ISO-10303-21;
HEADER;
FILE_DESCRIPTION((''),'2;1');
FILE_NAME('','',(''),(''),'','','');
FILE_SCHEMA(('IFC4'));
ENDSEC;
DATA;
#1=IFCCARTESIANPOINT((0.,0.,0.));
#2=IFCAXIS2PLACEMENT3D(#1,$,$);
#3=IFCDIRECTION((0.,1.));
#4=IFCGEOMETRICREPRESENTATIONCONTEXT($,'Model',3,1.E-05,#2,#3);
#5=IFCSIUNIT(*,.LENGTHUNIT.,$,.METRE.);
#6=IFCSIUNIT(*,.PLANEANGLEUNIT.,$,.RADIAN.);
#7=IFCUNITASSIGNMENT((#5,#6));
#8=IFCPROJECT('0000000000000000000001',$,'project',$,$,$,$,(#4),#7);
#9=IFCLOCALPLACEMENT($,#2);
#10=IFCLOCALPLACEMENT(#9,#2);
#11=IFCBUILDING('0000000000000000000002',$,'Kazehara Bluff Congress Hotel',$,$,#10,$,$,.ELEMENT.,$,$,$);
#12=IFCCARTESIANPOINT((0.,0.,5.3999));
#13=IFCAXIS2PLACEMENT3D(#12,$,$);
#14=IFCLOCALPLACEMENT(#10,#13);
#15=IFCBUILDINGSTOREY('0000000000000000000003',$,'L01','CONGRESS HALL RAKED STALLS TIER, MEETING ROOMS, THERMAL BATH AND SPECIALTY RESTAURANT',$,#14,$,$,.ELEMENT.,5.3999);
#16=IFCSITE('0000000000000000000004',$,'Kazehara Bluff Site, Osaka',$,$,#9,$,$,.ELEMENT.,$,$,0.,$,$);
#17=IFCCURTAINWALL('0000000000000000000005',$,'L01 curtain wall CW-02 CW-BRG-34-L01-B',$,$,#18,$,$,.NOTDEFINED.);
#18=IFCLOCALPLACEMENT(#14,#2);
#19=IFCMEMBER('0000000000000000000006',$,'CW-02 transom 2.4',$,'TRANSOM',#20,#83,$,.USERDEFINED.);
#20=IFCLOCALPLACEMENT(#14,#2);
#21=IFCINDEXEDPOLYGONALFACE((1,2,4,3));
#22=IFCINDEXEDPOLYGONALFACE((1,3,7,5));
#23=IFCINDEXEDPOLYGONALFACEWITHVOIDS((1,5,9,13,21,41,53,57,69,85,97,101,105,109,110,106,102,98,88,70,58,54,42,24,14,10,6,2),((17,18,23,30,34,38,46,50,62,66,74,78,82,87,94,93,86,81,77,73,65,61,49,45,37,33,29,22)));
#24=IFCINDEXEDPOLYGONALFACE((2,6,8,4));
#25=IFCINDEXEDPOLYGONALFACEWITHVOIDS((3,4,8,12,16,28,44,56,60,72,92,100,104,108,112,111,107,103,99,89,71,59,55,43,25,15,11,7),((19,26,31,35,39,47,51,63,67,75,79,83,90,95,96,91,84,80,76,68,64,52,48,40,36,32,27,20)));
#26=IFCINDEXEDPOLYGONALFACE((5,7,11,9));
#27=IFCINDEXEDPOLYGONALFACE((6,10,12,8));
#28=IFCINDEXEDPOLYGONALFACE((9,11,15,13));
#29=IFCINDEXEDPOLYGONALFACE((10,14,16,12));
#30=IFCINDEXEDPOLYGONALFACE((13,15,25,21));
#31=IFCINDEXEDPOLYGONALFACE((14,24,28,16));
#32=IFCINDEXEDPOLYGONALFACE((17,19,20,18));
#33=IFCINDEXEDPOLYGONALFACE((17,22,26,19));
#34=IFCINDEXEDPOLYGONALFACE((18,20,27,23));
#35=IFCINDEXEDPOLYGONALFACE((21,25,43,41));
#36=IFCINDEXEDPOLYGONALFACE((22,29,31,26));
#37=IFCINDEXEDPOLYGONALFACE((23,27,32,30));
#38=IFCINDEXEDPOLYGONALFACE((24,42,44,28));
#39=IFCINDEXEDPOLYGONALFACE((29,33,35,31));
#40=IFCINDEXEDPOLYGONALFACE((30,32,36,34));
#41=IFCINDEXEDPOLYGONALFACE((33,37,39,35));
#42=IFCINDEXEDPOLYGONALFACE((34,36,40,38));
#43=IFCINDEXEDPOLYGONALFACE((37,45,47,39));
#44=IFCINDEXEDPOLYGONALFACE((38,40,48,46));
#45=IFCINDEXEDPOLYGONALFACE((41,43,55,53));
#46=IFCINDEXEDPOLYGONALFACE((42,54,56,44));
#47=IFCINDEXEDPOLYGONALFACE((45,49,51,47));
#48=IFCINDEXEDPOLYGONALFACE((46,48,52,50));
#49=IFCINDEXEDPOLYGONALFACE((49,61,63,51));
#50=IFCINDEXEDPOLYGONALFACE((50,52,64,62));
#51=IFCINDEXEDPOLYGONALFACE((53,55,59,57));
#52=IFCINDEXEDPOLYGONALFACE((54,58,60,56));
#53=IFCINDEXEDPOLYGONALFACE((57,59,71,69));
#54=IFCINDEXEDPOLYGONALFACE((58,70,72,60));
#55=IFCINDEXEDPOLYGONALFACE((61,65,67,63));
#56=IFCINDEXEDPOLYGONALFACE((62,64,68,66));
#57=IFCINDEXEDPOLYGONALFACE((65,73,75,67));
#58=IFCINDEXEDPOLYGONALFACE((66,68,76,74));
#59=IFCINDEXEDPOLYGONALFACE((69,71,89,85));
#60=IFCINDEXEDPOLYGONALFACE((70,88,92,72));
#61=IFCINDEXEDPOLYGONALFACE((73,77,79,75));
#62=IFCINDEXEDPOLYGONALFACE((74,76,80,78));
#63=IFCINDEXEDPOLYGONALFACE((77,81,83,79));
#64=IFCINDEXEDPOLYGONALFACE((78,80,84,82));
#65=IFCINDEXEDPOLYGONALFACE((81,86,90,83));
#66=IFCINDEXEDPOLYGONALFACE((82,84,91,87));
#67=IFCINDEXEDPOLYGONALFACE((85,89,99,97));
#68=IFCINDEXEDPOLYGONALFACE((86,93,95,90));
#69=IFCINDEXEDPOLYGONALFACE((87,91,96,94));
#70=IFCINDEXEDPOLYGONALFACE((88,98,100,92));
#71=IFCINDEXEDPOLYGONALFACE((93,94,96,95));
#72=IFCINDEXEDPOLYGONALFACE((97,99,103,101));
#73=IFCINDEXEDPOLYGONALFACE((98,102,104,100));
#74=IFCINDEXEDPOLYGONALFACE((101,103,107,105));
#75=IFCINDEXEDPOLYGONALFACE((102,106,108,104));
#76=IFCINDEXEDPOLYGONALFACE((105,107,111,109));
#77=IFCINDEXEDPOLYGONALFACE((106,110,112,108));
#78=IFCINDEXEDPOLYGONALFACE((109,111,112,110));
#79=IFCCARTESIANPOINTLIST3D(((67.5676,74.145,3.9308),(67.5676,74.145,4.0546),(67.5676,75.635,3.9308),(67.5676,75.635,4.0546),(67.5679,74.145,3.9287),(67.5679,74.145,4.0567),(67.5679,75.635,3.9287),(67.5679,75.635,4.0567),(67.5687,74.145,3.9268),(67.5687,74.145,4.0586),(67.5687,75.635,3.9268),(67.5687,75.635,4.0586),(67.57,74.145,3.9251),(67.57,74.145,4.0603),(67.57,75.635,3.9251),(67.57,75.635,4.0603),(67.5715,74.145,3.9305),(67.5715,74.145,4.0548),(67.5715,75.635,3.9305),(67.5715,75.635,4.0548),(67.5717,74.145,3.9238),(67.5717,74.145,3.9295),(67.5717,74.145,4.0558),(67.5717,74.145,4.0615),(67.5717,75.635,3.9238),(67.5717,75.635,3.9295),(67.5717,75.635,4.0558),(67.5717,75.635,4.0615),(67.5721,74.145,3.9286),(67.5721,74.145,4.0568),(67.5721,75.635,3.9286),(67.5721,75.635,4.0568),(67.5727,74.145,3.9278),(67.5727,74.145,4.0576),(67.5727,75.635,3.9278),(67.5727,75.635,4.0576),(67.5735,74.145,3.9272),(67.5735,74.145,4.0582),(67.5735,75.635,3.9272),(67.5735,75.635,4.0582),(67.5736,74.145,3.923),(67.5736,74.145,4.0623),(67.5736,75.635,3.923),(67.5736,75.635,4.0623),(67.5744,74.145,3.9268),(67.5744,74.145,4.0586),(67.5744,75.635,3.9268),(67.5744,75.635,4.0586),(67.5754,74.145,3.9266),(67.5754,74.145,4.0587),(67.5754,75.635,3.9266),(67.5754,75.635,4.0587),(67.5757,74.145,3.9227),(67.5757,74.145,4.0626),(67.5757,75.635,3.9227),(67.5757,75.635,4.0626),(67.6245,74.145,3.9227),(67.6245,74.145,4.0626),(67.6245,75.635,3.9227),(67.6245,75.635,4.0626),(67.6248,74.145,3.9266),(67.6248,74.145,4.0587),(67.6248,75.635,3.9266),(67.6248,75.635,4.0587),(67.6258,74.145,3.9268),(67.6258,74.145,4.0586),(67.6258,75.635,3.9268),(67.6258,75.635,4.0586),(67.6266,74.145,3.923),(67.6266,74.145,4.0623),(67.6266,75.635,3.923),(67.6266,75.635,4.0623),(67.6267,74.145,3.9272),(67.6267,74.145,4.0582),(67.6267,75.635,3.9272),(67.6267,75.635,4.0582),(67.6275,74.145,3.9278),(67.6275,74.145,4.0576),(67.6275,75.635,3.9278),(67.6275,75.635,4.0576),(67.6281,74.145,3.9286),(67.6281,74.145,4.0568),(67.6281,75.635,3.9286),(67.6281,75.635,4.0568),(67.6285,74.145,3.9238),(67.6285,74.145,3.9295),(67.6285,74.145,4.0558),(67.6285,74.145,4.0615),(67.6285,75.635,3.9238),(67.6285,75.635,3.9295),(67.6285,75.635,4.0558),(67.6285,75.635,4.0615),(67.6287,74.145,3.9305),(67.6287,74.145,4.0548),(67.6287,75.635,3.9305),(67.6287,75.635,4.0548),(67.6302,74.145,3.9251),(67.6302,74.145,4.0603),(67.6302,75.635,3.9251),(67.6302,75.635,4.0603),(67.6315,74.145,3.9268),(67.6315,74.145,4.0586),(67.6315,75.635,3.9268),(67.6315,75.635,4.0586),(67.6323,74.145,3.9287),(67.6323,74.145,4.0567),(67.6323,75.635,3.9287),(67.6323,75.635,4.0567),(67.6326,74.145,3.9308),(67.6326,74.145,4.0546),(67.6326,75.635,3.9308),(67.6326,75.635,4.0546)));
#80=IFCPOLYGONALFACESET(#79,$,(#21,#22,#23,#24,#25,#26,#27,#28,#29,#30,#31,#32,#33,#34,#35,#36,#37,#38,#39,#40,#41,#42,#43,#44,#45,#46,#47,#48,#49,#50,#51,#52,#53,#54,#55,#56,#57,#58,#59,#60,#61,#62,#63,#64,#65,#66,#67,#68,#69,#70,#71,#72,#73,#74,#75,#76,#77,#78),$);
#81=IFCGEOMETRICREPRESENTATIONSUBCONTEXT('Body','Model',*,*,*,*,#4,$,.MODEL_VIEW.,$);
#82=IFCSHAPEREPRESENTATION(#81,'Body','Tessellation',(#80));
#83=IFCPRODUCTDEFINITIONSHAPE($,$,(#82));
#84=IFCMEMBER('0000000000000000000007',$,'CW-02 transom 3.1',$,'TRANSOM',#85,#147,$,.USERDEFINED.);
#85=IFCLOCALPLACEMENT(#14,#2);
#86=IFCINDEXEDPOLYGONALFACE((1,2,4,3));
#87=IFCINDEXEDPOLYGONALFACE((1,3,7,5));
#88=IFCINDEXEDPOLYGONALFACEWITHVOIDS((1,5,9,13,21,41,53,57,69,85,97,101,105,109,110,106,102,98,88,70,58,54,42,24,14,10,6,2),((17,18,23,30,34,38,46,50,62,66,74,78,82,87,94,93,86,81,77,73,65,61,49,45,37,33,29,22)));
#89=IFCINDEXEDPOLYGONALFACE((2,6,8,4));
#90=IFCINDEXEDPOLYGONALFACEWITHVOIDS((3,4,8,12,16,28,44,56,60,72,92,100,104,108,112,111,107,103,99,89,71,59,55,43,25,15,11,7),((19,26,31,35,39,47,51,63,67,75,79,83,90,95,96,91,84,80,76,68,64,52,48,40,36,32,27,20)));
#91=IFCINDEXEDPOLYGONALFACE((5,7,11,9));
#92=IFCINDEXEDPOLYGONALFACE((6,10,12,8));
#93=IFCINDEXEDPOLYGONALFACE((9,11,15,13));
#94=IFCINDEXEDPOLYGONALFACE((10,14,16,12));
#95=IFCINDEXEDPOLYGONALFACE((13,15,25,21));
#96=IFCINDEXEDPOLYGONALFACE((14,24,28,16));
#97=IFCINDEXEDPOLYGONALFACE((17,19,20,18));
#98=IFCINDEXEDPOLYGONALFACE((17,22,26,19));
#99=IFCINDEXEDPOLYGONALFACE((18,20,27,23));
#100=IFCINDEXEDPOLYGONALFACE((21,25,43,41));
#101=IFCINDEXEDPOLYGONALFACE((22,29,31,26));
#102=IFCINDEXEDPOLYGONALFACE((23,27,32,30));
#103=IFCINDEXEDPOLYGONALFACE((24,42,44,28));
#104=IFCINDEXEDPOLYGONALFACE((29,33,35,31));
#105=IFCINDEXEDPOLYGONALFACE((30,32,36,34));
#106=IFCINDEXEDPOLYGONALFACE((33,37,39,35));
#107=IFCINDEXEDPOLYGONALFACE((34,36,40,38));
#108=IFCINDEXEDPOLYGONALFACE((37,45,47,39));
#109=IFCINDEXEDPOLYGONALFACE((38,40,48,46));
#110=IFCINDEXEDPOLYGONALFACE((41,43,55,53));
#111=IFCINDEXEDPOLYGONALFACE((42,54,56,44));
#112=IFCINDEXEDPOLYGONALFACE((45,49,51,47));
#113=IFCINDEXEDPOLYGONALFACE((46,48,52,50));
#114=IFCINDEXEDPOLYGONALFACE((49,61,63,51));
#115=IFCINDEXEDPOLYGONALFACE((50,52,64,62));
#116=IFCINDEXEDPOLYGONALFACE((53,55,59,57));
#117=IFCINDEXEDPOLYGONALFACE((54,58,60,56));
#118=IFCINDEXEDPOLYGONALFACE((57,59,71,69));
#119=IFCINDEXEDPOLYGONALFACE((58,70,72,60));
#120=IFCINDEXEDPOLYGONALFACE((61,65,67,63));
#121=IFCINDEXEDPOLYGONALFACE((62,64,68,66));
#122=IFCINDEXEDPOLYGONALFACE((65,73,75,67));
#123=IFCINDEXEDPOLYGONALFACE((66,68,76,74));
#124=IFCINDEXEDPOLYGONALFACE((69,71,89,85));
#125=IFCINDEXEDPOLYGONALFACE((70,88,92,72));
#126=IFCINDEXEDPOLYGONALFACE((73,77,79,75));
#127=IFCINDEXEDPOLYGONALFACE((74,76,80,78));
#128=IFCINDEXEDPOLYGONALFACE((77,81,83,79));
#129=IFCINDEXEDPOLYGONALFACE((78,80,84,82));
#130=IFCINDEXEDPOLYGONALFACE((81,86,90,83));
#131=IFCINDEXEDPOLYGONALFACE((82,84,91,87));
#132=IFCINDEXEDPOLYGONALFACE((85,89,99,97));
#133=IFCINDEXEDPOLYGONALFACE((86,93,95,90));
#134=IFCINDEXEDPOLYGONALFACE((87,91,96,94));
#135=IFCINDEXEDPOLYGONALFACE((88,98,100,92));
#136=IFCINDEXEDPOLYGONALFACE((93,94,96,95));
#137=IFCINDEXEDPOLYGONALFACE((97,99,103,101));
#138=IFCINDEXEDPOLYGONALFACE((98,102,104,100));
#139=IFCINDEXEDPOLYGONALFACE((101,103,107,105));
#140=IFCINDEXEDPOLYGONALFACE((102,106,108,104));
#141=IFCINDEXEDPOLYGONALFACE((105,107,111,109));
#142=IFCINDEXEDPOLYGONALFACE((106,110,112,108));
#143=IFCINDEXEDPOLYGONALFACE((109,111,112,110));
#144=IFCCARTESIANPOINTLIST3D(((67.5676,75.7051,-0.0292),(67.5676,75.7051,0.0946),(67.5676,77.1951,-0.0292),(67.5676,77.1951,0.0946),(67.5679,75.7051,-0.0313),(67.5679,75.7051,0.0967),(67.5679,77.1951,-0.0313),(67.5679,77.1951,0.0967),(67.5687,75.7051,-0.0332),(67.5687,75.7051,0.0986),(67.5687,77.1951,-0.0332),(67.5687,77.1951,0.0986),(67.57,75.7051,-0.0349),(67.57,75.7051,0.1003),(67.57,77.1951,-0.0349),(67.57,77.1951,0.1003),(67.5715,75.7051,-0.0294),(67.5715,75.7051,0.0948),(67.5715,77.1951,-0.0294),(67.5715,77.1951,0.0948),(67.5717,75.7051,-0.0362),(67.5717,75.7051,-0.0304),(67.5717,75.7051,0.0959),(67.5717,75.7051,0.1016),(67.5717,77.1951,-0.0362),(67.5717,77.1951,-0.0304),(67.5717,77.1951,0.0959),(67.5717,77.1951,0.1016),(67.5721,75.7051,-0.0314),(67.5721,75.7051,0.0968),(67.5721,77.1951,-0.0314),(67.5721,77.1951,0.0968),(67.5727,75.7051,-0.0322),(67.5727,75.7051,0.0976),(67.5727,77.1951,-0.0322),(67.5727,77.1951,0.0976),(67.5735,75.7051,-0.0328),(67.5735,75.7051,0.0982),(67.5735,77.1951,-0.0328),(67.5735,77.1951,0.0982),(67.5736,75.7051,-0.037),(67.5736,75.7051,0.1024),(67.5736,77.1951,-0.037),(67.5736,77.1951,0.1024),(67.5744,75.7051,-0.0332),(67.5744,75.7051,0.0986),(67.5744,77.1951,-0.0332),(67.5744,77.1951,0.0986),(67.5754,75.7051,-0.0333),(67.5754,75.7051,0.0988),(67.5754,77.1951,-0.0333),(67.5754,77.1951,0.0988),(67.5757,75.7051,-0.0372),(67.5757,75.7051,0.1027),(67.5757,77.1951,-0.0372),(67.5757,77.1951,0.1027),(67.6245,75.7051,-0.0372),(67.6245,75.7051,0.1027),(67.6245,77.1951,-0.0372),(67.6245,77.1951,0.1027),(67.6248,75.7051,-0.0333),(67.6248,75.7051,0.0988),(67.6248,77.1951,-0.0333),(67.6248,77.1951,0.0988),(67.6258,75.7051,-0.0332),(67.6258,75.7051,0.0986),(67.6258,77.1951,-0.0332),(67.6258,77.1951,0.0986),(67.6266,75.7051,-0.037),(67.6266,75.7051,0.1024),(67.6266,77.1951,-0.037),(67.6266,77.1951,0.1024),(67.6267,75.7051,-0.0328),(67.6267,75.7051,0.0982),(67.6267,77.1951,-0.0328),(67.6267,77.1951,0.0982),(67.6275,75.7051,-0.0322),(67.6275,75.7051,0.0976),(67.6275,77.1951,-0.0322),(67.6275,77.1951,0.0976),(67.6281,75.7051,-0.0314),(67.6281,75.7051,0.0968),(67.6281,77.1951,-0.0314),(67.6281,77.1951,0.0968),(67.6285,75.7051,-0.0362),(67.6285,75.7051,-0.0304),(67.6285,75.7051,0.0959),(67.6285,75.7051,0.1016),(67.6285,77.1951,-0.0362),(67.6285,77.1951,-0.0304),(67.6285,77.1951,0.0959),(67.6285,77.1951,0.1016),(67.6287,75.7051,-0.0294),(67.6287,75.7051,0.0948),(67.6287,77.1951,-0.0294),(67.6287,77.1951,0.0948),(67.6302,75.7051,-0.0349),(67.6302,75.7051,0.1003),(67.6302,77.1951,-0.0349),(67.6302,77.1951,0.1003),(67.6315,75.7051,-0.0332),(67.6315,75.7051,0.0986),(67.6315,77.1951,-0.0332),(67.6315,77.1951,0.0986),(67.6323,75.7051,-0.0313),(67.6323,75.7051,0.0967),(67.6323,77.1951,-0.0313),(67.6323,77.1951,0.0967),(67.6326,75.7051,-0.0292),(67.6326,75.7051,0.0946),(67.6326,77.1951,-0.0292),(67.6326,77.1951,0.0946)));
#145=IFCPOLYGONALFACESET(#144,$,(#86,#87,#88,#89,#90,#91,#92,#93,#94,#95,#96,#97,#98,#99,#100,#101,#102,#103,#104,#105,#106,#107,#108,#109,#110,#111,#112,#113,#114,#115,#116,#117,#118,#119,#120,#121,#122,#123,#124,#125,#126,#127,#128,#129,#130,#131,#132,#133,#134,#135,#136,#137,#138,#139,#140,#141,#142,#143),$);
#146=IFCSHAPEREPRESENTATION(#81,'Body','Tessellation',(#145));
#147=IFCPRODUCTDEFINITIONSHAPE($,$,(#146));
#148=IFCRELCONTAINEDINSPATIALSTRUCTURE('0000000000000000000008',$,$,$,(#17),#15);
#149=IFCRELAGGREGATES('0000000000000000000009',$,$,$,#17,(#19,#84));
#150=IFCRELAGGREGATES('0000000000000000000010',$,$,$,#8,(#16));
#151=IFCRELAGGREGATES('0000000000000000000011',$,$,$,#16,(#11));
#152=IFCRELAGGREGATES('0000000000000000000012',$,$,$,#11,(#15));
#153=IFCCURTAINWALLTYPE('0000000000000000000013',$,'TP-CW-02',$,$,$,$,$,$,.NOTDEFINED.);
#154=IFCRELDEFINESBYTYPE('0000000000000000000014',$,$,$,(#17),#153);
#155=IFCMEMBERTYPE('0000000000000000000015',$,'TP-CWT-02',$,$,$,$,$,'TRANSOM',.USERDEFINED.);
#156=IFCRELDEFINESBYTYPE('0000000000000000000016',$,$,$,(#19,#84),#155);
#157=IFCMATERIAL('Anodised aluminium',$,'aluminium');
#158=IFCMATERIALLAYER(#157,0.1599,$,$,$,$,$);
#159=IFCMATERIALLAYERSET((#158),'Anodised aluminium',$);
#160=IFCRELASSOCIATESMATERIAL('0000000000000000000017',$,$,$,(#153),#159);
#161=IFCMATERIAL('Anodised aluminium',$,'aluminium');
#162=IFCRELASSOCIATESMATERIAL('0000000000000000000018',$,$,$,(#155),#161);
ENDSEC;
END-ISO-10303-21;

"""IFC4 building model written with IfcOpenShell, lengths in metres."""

from ifc_helpers import new_model, si_unit, direction, frame, origin, origin_2d, place, context, subcontext, project, spatial, hollow_rectangle, extrude, material, layer, layer_set, material_profile, profile_set, type_object, element, aggregate, save


model = new_model("IFC4")

# Units and contexts
model_context = context("Model", 3, precision=1e-05, world=origin(), true_north=direction((0.0, 1.0)))
body_context = subcontext(model_context, "Body", "Model", "MODEL_VIEW")
ifc_project = project(units=[si_unit("LENGTHUNIT", "METRE"), si_unit("PLANEANGLEUNIT", "RADIAN")], contexts=[model_context])

# Site, building, storey
site_placement = place(None, origin())
site = spatial("IfcSite", under=ifc_project, at=site_placement, Name="Kazehara Bluff Site, Osaka", CompositionType="ELEMENT", RefElevation=0.0)
building_placement = place(site_placement, origin())
building = spatial("IfcBuilding", under=site, at=building_placement, Name="Kazehara Bluff Congress Hotel", CompositionType="ELEMENT")
storey_placement = place(building_placement, frame((0.0, 0.0, 5.3999)))
storey = spatial("IfcBuildingStorey", under=building, at=storey_placement, Name="L01", Description="CONGRESS HALL RAKED STALLS TIER, MEETING ROOMS, THERMAL BATH AND SPECIALTY RESTAURANT", CompositionType="ELEMENT", Elevation=5.3999)

# Curtain wall
ifc_material_1 = material(Name="Anodised aluminium", Category="aluminium")
ifc_layer_1 = layer(ifc_material_1, 0.1599)
ifc_layer_set_1 = layer_set([ifc_layer_1], Name="Anodised aluminium")
curtain_wall_type = type_object("IfcCurtainWallType", Name="TP-CW-02", PredefinedType="NOTDEFINED", material=ifc_layer_set_1)
curtain_wall_1_placement = place(storey_placement, origin())
curtain_wall_1 = element("IfcCurtainWall", 1, at=curtain_wall_1_placement, inside=storey, type_object=curtain_wall_type, Name="L01 curtain wall CW-02 CW-BRG-34-L01-B", PredefinedType="NOTDEFINED")

# Shared definitions
ifc_material_2 = material(Name="Anodised aluminium", Category="aluminium")
ifc_material_profile_1 = material_profile(ifc_material_2, hollow_rectangle(XDim=0.0649, YDim=0.1399, WallThickness=0.0039, InnerFilletRadius=0.0039, OuterFilletRadius=0.0081, at=origin_2d()))
ifc_profile_set_1 = profile_set([ifc_material_profile_1], Name="Anodised aluminium")
member_type_1 = type_object("IfcMemberType", Name="TP-CWT-02", ElementType="TRANSOM", PredefinedType="USERDEFINED", material=ifc_profile_set_1)

# Members
member_1_placement = place(storey_placement, frame((67.6001, 74.145, 3.9927), z_axis=(0.0, 1.0, 0.0), x_axis=(-1.0, 0.0, 0.0)))
member_1 = element("IfcMember", 2, at=member_1_placement, type_object=member_type_1, Name="CW-02 transom 2.4", ObjectType="TRANSOM", PredefinedType="USERDEFINED", context=body_context, shape_type="SweptSolid", body=[
    extrude(hollow_rectangle(XDim=0.0649, YDim=0.1399, WallThickness=0.0039, InnerFilletRadius=0.0039, OuterFilletRadius=0.0081, at=origin_2d()), origin(), (0.0, 0.0, 1.0), 1.49),
])
member_2_placement = place(storey_placement, frame((67.6001, 75.7051, 0.0327), z_axis=(0.0, 1.0, 0.0), x_axis=(-1.0, 0.0, 0.0)))
member_2 = element("IfcMember", 3, at=member_2_placement, type_object=member_type_1, Name="CW-02 transom 3.1", ObjectType="TRANSOM", PredefinedType="USERDEFINED", context=body_context, shape_type="SweptSolid", body=[
    extrude(hollow_rectangle(XDim=0.0649, YDim=0.1399, WallThickness=0.0039, InnerFilletRadius=0.0039, OuterFilletRadius=0.0081, at=origin_2d()), origin(), (0.0, 0.0, 1.0), 1.49),
])

aggregate(curtain_wall_1, [member_1, member_2])

save(model, "model.ifc")
